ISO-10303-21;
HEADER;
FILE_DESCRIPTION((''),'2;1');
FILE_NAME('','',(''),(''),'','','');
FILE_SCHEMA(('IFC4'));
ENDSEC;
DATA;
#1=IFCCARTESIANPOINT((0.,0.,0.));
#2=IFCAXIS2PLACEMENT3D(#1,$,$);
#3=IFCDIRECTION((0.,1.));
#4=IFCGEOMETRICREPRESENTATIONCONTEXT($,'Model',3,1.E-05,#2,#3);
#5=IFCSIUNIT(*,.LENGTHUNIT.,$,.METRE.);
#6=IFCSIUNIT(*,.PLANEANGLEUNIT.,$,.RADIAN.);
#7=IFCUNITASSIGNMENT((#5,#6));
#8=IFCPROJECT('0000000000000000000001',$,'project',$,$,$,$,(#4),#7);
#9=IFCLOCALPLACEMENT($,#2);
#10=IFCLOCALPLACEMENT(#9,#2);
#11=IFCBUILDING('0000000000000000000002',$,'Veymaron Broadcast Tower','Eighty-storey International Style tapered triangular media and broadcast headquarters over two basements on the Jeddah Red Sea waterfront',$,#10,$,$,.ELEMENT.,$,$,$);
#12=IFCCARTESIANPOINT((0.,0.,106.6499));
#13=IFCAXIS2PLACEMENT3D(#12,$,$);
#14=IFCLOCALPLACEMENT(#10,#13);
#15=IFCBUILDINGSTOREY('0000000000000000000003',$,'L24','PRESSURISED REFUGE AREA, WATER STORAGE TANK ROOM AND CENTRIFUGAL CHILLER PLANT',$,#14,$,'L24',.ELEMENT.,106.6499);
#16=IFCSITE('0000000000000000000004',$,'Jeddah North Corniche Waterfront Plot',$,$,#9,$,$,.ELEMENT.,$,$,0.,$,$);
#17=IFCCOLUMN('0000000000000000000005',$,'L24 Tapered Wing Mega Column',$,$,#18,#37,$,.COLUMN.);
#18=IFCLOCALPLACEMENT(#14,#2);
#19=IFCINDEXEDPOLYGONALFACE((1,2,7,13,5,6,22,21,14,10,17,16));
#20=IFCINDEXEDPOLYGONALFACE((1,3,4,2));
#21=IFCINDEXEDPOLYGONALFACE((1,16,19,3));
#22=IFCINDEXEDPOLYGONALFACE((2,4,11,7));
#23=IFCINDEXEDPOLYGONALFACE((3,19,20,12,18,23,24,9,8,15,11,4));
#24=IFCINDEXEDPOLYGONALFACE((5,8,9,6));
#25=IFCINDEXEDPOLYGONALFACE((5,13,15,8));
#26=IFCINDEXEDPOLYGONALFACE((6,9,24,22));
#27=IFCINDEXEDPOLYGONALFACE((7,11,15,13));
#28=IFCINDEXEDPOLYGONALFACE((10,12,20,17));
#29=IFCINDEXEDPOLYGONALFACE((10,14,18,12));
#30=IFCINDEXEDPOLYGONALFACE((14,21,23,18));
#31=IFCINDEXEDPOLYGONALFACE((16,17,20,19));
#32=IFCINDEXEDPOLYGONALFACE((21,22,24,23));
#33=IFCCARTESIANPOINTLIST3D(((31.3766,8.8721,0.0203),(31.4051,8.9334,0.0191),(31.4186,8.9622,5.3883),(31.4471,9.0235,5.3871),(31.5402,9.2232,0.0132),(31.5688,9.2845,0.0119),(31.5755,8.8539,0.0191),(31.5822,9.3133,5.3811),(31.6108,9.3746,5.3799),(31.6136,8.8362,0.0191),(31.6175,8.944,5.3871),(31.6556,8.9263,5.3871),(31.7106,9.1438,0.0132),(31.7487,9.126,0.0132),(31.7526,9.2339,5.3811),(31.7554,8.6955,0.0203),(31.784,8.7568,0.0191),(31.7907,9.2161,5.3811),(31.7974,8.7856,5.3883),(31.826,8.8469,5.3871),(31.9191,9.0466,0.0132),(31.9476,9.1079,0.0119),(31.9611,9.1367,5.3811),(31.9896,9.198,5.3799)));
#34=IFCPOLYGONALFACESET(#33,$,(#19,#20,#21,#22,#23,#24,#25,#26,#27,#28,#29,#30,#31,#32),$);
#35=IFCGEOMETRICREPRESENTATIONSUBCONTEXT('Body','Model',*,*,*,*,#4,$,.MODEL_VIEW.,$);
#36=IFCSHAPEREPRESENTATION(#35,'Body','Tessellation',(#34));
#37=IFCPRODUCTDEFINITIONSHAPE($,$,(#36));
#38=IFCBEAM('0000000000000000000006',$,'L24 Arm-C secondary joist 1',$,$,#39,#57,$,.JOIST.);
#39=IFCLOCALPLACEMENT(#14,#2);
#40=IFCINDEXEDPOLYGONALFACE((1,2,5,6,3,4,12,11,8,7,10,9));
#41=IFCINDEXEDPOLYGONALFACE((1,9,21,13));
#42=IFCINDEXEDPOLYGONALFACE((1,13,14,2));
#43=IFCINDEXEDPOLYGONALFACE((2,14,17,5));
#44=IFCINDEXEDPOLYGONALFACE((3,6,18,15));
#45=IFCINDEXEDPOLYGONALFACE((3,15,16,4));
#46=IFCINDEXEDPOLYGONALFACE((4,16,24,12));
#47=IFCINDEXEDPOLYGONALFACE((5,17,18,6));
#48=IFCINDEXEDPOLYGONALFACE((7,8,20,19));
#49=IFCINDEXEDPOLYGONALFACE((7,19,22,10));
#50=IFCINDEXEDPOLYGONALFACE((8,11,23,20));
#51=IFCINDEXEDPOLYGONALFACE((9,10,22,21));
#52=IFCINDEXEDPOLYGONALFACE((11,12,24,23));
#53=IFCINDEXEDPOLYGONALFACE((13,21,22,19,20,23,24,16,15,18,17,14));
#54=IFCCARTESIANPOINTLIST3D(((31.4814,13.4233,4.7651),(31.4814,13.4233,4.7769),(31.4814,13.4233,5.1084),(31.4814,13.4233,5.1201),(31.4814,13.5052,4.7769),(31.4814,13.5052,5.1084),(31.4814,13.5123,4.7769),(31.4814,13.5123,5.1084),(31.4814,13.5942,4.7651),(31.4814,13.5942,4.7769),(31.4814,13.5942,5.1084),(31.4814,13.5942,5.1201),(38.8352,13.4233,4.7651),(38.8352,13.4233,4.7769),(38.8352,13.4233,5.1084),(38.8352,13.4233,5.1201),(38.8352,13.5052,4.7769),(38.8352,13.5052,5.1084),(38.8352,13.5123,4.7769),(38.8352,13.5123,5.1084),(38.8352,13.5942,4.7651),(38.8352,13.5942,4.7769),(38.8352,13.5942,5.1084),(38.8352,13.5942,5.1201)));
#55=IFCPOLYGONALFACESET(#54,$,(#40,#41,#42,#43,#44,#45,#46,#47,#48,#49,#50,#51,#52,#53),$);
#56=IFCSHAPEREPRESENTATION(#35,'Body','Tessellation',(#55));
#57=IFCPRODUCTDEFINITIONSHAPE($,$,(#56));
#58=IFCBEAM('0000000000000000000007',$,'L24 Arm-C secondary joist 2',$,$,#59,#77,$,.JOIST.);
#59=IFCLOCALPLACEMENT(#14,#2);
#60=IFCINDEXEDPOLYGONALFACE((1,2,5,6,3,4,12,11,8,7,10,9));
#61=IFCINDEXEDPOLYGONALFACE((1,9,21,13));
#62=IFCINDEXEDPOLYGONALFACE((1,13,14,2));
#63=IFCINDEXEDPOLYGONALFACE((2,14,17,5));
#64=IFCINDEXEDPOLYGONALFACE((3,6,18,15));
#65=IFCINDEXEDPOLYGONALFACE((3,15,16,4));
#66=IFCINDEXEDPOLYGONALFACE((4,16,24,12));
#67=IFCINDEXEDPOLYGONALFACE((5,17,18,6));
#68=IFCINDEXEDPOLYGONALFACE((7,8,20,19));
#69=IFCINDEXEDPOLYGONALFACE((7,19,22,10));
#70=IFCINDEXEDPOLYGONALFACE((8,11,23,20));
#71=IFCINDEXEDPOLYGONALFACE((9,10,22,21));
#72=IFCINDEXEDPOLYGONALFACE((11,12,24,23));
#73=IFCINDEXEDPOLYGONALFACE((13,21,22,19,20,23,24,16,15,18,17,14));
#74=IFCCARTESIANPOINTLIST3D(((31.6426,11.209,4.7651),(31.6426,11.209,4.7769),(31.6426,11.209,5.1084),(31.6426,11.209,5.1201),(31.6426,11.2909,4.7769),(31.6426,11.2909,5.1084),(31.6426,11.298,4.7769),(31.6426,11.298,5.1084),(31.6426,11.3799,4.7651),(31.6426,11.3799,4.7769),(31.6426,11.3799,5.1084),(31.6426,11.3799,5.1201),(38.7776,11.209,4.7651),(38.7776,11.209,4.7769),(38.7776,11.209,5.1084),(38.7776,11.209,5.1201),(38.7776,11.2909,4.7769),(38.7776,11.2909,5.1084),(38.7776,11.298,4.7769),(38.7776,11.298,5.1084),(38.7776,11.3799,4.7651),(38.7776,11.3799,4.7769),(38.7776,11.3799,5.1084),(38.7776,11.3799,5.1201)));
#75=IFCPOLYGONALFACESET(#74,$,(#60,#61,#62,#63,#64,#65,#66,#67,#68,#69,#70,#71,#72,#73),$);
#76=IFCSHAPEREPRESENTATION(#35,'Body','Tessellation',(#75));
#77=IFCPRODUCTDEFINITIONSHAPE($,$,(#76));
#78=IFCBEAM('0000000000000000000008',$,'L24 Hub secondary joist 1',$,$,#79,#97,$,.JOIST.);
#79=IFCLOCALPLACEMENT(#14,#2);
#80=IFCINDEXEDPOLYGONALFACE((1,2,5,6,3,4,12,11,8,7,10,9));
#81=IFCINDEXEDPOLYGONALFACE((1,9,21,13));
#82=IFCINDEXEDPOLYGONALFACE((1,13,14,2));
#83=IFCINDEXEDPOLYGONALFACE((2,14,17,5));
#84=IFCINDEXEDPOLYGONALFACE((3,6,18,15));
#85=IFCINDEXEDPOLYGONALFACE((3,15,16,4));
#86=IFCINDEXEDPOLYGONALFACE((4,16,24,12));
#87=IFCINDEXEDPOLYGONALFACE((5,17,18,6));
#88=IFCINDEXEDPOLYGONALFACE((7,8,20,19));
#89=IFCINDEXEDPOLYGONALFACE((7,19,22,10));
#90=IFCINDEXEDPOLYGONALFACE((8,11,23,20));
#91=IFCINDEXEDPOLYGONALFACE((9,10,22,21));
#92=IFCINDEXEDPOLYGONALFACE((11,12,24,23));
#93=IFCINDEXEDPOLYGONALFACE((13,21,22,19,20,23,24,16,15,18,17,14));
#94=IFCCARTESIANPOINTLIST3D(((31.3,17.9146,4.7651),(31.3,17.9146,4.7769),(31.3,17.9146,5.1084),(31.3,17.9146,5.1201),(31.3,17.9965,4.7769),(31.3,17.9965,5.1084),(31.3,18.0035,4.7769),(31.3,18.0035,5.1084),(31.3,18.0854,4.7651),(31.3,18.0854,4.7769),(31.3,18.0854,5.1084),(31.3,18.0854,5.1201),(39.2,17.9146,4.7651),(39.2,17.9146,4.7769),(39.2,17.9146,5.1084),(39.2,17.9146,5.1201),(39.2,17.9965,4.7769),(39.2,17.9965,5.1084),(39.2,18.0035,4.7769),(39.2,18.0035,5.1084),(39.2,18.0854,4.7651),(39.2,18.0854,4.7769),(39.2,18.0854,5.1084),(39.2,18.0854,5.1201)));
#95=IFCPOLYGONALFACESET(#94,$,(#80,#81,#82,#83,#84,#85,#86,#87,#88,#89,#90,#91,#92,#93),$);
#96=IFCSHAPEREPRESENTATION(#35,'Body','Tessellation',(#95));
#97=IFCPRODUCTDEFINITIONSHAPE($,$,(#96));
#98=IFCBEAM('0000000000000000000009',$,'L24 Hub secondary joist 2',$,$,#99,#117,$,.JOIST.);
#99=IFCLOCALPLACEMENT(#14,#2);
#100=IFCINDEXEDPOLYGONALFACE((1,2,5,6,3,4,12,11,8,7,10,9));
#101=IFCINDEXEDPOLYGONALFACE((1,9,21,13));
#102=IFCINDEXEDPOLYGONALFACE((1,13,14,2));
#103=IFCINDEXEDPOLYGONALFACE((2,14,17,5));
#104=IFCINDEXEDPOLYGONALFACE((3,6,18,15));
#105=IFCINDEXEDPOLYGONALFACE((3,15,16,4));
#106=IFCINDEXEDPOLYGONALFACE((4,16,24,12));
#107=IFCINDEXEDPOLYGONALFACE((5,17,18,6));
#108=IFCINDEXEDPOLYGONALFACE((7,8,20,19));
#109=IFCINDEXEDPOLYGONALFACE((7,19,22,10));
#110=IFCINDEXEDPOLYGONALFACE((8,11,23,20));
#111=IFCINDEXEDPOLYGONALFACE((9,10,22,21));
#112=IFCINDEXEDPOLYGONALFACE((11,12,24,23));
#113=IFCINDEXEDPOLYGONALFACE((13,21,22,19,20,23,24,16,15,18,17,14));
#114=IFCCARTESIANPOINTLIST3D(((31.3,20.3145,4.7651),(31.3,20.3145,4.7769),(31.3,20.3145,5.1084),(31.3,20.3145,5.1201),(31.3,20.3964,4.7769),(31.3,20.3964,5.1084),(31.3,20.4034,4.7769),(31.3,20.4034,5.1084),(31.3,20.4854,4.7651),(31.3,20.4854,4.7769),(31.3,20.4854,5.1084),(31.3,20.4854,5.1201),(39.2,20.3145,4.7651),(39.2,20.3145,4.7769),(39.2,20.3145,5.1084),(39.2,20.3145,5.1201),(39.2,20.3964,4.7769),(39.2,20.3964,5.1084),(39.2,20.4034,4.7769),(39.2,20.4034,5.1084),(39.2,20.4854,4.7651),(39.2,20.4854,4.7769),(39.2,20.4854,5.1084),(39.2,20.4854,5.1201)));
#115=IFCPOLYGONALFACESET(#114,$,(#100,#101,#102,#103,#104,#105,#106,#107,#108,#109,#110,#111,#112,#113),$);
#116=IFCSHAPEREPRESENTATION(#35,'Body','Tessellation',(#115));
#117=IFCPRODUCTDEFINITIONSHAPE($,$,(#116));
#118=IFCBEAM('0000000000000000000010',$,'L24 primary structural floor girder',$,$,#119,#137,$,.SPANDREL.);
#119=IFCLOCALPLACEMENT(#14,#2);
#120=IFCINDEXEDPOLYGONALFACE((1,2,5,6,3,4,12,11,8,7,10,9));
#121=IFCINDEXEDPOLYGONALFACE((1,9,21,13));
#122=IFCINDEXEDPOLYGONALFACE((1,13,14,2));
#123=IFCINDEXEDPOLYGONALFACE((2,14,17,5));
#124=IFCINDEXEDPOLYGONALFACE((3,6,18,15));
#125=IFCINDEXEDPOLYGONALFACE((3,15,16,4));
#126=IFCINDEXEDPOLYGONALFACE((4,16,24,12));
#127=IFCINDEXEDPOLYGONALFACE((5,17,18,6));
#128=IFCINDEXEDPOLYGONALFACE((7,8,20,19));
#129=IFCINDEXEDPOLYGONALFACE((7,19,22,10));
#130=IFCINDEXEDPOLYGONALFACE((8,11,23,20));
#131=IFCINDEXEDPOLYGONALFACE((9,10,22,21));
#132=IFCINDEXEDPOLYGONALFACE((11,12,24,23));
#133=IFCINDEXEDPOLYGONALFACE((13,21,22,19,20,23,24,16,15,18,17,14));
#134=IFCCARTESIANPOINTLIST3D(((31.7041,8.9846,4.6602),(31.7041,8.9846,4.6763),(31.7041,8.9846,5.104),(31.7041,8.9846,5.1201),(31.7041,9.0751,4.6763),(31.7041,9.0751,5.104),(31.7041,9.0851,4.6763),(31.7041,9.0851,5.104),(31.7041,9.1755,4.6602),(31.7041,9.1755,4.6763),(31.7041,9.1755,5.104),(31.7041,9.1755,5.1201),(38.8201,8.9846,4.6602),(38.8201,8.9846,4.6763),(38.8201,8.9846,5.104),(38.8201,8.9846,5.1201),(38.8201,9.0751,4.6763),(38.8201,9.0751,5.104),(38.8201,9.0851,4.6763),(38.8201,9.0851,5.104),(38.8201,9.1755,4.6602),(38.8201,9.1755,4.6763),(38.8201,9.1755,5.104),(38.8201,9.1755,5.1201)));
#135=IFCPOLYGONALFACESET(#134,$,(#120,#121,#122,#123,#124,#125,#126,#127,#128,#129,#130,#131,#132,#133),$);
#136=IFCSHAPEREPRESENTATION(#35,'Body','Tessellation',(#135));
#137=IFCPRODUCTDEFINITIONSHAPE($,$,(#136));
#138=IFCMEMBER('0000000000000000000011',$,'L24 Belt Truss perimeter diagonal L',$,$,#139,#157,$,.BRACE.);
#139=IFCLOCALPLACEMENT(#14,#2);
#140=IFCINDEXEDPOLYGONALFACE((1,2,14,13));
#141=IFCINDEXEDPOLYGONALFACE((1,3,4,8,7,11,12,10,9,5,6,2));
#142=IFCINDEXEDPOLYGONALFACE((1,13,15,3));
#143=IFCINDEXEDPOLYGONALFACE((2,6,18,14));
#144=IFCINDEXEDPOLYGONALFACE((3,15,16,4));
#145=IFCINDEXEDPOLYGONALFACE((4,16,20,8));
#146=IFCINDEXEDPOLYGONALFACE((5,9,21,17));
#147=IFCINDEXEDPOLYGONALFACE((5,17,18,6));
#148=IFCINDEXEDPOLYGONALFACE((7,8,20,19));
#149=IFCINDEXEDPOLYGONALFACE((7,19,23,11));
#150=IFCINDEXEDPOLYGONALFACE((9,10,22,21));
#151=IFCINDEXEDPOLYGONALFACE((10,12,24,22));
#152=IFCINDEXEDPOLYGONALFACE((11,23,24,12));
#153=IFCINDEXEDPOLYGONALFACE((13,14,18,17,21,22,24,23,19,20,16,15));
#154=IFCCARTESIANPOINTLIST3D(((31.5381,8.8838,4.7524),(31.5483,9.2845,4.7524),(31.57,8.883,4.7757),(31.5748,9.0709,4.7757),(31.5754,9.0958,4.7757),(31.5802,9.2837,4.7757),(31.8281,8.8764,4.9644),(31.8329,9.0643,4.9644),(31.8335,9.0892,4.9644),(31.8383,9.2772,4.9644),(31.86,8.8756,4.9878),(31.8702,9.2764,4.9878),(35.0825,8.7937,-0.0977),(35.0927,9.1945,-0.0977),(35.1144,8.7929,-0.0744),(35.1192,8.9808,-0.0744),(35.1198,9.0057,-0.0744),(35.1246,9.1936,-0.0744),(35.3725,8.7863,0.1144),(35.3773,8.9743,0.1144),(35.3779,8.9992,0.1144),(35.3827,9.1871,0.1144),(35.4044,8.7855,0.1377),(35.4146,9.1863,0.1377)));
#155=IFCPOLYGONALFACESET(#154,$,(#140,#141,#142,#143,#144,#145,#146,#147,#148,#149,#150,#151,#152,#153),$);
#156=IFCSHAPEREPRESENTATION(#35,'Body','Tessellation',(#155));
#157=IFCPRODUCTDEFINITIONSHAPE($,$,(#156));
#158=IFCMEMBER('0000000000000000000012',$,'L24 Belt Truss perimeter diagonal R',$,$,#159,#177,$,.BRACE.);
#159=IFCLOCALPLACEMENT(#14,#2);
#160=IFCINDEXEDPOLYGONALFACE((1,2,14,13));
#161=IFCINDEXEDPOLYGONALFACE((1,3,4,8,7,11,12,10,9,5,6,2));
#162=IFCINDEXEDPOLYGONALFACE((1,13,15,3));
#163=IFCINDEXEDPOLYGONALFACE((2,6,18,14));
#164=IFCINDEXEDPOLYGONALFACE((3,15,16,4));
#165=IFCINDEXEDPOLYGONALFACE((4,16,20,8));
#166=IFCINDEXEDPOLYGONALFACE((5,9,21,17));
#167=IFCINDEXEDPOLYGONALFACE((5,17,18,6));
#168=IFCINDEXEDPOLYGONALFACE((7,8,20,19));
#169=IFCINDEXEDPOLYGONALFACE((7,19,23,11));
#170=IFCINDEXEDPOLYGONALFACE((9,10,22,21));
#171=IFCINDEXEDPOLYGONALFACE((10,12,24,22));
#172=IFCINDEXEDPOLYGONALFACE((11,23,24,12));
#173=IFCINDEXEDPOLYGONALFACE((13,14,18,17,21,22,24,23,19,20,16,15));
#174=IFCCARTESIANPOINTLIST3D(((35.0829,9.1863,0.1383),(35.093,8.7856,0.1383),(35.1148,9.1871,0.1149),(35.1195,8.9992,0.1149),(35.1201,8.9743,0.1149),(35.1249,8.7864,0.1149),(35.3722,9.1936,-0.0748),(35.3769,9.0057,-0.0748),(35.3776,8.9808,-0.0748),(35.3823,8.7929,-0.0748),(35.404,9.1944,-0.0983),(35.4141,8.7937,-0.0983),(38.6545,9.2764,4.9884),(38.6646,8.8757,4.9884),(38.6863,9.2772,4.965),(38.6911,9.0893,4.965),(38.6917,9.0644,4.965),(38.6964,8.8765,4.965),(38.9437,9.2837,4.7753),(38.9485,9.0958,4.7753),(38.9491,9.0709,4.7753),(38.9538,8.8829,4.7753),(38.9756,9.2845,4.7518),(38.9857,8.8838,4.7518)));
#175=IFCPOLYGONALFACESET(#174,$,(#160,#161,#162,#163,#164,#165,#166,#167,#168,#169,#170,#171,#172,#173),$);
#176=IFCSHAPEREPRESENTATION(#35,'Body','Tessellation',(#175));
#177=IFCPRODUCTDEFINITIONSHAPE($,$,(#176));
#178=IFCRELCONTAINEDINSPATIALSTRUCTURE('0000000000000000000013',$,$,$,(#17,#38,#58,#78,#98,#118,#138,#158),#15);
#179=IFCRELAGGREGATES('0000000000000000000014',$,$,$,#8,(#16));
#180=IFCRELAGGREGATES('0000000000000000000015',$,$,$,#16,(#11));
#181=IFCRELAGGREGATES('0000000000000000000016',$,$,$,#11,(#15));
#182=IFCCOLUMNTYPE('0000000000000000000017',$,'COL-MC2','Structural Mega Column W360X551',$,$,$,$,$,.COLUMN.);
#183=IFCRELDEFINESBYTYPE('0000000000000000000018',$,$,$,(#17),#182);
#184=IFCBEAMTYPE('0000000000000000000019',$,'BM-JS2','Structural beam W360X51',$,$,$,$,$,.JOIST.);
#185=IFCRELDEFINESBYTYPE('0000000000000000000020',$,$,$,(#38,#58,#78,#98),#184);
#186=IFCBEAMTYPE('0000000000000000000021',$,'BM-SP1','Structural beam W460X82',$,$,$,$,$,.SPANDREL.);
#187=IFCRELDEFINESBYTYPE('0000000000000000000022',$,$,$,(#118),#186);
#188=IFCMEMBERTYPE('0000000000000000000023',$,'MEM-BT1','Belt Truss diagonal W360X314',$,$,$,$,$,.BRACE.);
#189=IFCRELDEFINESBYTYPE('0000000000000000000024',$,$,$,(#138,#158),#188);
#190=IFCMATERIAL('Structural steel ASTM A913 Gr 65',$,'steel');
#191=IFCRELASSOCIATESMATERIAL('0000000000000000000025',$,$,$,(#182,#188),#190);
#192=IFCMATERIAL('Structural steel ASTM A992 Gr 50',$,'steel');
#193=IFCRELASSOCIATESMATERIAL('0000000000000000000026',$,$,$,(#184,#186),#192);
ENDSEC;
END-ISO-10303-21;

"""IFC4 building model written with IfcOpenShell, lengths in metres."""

from ifc_helpers import new_model, si_unit, direction, frame, origin, origin_2d, place, context, subcontext, project, spatial, i_section, extrude, material, material_profile, profile_set, type_object, element, save


model = new_model("IFC4")

# Units and contexts
model_context = context("Model", 3, precision=1e-05, world=origin(), true_north=direction((0.0, 1.0)))
body_context = subcontext(model_context, "Body", "Model", "MODEL_VIEW")
ifc_project = project(units=[si_unit("LENGTHUNIT", "METRE"), si_unit("PLANEANGLEUNIT", "RADIAN")], contexts=[model_context])

# Site, building, storey
site_placement = place(None, origin())
site = spatial("IfcSite", under=ifc_project, at=site_placement, Name="Jeddah North Corniche Waterfront Plot", CompositionType="ELEMENT", RefElevation=0.0)
building_placement = place(site_placement, origin())
building = spatial("IfcBuilding", under=site, at=building_placement, Name="Veymaron Broadcast Tower", Description="Eighty-storey International Style tapered triangular media and broadcast headquarters over two basements on the Jeddah Red Sea waterfront", CompositionType="ELEMENT")
storey_placement = place(building_placement, frame((0.0, 0.0, 106.6499)))
storey = spatial("IfcBuildingStorey", under=building, at=storey_placement, Name="L24", Description="PRESSURISED REFUGE AREA, WATER STORAGE TANK ROOM AND CENTRIFUGAL CHILLER PLANT", LongName="L24", CompositionType="ELEMENT", Elevation=106.6499)

# Column
ifc_material_1 = material(Name="Structural steel ASTM A913 Gr 65", Category="steel")
ifc_material_profile_1 = material_profile(ifc_material_1, i_section(OverallWidth=0.418, OverallDepth=0.4551, WebThickness=0.042, FlangeThickness=0.0676, at=origin_2d()), Name="W360X551")
ifc_profile_set_1 = profile_set([ifc_material_profile_1], Name="Structural steel ASTM A913 Gr 65")
column_type = type_object("IfcColumnType", Name="COL-MC2", Description="Structural Mega Column W360X551", PredefinedType="COLUMN", material=ifc_profile_set_1)
column_placement = place(storey_placement, frame((31.6621, 8.99, 0.0161), z_axis=(0.007821, 0.01678, 0.999829), x_axis=(-0.906371, 0.422482, 0.0)))
element("IfcColumn", 1, at=column_placement, inside=storey, type_object=column_type, Name="L24 Tapered Wing Mega Column", PredefinedType="COLUMN", context=body_context, shape_type="SweptSolid", body=[
    extrude(i_section(OverallWidth=0.418, OverallDepth=0.4551, WebThickness=0.042, FlangeThickness=0.0676, at=origin_2d()), origin(), (0.0, 0.0, 1.0), 5.3689),
])

# Beams
ifc_material_2 = material(Name="Structural steel ASTM A992 Gr 50", Category="steel")
ifc_material_profile_2 = material_profile(ifc_material_2, i_section(OverallWidth=0.1709, OverallDepth=0.355, WebThickness=0.0071, FlangeThickness=0.0117, at=origin_2d()), Name="W360X51")
ifc_profile_set_2 = profile_set([ifc_material_profile_2], Name="Structural steel ASTM A992 Gr 50")
beam_type_1 = type_object("IfcBeamType", Name="BM-JS2", Description="Structural beam W360X51", PredefinedType="JOIST", material=ifc_profile_set_2)
beam_1_placement = place(storey_placement, frame((31.4814, 13.5088, 4.9426), z_axis=(1.0, 0.0, 0.0), x_axis=(0.0, 1.0, 0.0)))
element("IfcBeam", 2, at=beam_1_placement, inside=storey, type_object=beam_type_1, Name="L24 Arm-C secondary joist 1", PredefinedType="JOIST", context=body_context, shape_type="SweptSolid", body=[
    extrude(i_section(OverallWidth=0.1709, OverallDepth=0.355, WebThickness=0.0071, FlangeThickness=0.0117, at=origin_2d()), origin(), (0.0, 0.0, 1.0), 7.3538),
])
beam_2_placement = place(storey_placement, frame((31.6426, 11.2944, 4.9426), z_axis=(1.0, 0.0, 0.0), x_axis=(0.0, 1.0, 0.0)))
element("IfcBeam", 3, at=beam_2_placement, inside=storey, type_object=beam_type_1, Name="L24 Arm-C secondary joist 2", PredefinedType="JOIST", context=body_context, shape_type="SweptSolid", body=[
    extrude(i_section(OverallWidth=0.1709, OverallDepth=0.355, WebThickness=0.0071, FlangeThickness=0.0117, at=origin_2d()), origin(), (0.0, 0.0, 1.0), 7.135),
])
for number, where, z_axis, x_axis, name in (
    (4, (31.3, 18.0, 4.9426), (1.0, 0.0, 0.0), (0.0, 1.0, 0.0), "L24 Hub secondary joist 1"),
    (5, (31.3, 20.3999, 4.9426), (1.0, 0.0, 0.0), (0.0, 1.0, 0.0), "L24 Hub secondary joist 2"),
):
    element("IfcBeam", number, at=place(storey_placement, frame(where, z_axis=z_axis, x_axis=x_axis)), inside=storey, type_object=beam_type_1, Name=name, PredefinedType="JOIST", context=body_context, shape_type="SweptSolid", body=[
        extrude(i_section(OverallWidth=0.1709, OverallDepth=0.355, WebThickness=0.0071, FlangeThickness=0.0117, at=origin_2d()), origin(), (0.0, 0.0, 1.0), 7.8999),
    ])
ifc_material_profile_3 = material_profile(ifc_material_2, i_section(OverallWidth=0.1909, OverallDepth=0.46, WebThickness=0.01, FlangeThickness=0.0161, at=origin_2d()), Name="W460X82")
ifc_profile_set_3 = profile_set([ifc_material_profile_3], Name="Structural steel ASTM A992 Gr 50")
beam_type_2 = type_object("IfcBeamType", Name="BM-SP1", Description="Structural beam W460X82", PredefinedType="SPANDREL", material=ifc_profile_set_3)
beam_3_placement = place(storey_placement, frame((31.7041, 9.0801, 4.8901), z_axis=(1.0, 0.0, 0.0), x_axis=(0.0, 1.0, 0.0)))
element("IfcBeam", 6, at=beam_3_placement, inside=storey, type_object=beam_type_2, Name="L24 primary structural floor girder", PredefinedType="SPANDREL", context=body_context, shape_type="SweptSolid", body=[
    extrude(i_section(OverallWidth=0.1909, OverallDepth=0.46, WebThickness=0.01, FlangeThickness=0.0161, at=origin_2d()), origin(), (0.0, 0.0, 1.0), 7.116),
])

# Members
ifc_material_profile_4 = material_profile(ifc_material_1, i_section(OverallWidth=0.4009, OverallDepth=0.3989, WebThickness=0.0249, FlangeThickness=0.0396, at=origin_2d()), Name="W360X314")
ifc_profile_set_4 = profile_set([ifc_material_profile_4], Name="Structural steel ASTM A913 Gr 65")
member_type_1 = type_object("IfcMemberType", Name="MEM-BT1", Description="Belt Truss diagonal W360X314", PredefinedType="BRACE", material=ifc_profile_set_4)
member_1_placement = place(storey_placement, frame((35.2485, 8.99, 0.02), z_axis=(-0.589965, 0.014995, 0.80729), x_axis=(-0.025409, -0.999677, 0.0)))
element("IfcMember", 7, at=member_1_placement, inside=storey, type_object=member_type_1, Name="L24 Belt Truss perimeter diagonal L", PredefinedType="BRACE", context=body_context, shape_type="SweptSolid", body=[
    extrude(i_section(OverallWidth=0.4009, OverallDepth=0.3989, WebThickness=0.0249, FlangeThickness=0.0396, at=origin_2d()), origin(), (0.0, 0.0, 1.0), 6.0078),
])
member_2_placement = place(storey_placement, frame((35.2485, 8.99, 0.02), z_axis=(0.592894, 0.014955, 0.805142), x_axis=(-0.025216, 0.999682, 0.0)))
element("IfcMember", 8, at=member_2_placement, inside=storey, type_object=member_type_1, Name="L24 Belt Truss perimeter diagonal R", PredefinedType="BRACE", context=body_context, shape_type="SweptSolid", body=[
    extrude(i_section(OverallWidth=0.4009, OverallDepth=0.3989, WebThickness=0.0249, FlangeThickness=0.0396, at=origin_2d()), origin(), (0.0, 0.0, 1.0), 6.0239),
])

save(model, "model.ifc")
